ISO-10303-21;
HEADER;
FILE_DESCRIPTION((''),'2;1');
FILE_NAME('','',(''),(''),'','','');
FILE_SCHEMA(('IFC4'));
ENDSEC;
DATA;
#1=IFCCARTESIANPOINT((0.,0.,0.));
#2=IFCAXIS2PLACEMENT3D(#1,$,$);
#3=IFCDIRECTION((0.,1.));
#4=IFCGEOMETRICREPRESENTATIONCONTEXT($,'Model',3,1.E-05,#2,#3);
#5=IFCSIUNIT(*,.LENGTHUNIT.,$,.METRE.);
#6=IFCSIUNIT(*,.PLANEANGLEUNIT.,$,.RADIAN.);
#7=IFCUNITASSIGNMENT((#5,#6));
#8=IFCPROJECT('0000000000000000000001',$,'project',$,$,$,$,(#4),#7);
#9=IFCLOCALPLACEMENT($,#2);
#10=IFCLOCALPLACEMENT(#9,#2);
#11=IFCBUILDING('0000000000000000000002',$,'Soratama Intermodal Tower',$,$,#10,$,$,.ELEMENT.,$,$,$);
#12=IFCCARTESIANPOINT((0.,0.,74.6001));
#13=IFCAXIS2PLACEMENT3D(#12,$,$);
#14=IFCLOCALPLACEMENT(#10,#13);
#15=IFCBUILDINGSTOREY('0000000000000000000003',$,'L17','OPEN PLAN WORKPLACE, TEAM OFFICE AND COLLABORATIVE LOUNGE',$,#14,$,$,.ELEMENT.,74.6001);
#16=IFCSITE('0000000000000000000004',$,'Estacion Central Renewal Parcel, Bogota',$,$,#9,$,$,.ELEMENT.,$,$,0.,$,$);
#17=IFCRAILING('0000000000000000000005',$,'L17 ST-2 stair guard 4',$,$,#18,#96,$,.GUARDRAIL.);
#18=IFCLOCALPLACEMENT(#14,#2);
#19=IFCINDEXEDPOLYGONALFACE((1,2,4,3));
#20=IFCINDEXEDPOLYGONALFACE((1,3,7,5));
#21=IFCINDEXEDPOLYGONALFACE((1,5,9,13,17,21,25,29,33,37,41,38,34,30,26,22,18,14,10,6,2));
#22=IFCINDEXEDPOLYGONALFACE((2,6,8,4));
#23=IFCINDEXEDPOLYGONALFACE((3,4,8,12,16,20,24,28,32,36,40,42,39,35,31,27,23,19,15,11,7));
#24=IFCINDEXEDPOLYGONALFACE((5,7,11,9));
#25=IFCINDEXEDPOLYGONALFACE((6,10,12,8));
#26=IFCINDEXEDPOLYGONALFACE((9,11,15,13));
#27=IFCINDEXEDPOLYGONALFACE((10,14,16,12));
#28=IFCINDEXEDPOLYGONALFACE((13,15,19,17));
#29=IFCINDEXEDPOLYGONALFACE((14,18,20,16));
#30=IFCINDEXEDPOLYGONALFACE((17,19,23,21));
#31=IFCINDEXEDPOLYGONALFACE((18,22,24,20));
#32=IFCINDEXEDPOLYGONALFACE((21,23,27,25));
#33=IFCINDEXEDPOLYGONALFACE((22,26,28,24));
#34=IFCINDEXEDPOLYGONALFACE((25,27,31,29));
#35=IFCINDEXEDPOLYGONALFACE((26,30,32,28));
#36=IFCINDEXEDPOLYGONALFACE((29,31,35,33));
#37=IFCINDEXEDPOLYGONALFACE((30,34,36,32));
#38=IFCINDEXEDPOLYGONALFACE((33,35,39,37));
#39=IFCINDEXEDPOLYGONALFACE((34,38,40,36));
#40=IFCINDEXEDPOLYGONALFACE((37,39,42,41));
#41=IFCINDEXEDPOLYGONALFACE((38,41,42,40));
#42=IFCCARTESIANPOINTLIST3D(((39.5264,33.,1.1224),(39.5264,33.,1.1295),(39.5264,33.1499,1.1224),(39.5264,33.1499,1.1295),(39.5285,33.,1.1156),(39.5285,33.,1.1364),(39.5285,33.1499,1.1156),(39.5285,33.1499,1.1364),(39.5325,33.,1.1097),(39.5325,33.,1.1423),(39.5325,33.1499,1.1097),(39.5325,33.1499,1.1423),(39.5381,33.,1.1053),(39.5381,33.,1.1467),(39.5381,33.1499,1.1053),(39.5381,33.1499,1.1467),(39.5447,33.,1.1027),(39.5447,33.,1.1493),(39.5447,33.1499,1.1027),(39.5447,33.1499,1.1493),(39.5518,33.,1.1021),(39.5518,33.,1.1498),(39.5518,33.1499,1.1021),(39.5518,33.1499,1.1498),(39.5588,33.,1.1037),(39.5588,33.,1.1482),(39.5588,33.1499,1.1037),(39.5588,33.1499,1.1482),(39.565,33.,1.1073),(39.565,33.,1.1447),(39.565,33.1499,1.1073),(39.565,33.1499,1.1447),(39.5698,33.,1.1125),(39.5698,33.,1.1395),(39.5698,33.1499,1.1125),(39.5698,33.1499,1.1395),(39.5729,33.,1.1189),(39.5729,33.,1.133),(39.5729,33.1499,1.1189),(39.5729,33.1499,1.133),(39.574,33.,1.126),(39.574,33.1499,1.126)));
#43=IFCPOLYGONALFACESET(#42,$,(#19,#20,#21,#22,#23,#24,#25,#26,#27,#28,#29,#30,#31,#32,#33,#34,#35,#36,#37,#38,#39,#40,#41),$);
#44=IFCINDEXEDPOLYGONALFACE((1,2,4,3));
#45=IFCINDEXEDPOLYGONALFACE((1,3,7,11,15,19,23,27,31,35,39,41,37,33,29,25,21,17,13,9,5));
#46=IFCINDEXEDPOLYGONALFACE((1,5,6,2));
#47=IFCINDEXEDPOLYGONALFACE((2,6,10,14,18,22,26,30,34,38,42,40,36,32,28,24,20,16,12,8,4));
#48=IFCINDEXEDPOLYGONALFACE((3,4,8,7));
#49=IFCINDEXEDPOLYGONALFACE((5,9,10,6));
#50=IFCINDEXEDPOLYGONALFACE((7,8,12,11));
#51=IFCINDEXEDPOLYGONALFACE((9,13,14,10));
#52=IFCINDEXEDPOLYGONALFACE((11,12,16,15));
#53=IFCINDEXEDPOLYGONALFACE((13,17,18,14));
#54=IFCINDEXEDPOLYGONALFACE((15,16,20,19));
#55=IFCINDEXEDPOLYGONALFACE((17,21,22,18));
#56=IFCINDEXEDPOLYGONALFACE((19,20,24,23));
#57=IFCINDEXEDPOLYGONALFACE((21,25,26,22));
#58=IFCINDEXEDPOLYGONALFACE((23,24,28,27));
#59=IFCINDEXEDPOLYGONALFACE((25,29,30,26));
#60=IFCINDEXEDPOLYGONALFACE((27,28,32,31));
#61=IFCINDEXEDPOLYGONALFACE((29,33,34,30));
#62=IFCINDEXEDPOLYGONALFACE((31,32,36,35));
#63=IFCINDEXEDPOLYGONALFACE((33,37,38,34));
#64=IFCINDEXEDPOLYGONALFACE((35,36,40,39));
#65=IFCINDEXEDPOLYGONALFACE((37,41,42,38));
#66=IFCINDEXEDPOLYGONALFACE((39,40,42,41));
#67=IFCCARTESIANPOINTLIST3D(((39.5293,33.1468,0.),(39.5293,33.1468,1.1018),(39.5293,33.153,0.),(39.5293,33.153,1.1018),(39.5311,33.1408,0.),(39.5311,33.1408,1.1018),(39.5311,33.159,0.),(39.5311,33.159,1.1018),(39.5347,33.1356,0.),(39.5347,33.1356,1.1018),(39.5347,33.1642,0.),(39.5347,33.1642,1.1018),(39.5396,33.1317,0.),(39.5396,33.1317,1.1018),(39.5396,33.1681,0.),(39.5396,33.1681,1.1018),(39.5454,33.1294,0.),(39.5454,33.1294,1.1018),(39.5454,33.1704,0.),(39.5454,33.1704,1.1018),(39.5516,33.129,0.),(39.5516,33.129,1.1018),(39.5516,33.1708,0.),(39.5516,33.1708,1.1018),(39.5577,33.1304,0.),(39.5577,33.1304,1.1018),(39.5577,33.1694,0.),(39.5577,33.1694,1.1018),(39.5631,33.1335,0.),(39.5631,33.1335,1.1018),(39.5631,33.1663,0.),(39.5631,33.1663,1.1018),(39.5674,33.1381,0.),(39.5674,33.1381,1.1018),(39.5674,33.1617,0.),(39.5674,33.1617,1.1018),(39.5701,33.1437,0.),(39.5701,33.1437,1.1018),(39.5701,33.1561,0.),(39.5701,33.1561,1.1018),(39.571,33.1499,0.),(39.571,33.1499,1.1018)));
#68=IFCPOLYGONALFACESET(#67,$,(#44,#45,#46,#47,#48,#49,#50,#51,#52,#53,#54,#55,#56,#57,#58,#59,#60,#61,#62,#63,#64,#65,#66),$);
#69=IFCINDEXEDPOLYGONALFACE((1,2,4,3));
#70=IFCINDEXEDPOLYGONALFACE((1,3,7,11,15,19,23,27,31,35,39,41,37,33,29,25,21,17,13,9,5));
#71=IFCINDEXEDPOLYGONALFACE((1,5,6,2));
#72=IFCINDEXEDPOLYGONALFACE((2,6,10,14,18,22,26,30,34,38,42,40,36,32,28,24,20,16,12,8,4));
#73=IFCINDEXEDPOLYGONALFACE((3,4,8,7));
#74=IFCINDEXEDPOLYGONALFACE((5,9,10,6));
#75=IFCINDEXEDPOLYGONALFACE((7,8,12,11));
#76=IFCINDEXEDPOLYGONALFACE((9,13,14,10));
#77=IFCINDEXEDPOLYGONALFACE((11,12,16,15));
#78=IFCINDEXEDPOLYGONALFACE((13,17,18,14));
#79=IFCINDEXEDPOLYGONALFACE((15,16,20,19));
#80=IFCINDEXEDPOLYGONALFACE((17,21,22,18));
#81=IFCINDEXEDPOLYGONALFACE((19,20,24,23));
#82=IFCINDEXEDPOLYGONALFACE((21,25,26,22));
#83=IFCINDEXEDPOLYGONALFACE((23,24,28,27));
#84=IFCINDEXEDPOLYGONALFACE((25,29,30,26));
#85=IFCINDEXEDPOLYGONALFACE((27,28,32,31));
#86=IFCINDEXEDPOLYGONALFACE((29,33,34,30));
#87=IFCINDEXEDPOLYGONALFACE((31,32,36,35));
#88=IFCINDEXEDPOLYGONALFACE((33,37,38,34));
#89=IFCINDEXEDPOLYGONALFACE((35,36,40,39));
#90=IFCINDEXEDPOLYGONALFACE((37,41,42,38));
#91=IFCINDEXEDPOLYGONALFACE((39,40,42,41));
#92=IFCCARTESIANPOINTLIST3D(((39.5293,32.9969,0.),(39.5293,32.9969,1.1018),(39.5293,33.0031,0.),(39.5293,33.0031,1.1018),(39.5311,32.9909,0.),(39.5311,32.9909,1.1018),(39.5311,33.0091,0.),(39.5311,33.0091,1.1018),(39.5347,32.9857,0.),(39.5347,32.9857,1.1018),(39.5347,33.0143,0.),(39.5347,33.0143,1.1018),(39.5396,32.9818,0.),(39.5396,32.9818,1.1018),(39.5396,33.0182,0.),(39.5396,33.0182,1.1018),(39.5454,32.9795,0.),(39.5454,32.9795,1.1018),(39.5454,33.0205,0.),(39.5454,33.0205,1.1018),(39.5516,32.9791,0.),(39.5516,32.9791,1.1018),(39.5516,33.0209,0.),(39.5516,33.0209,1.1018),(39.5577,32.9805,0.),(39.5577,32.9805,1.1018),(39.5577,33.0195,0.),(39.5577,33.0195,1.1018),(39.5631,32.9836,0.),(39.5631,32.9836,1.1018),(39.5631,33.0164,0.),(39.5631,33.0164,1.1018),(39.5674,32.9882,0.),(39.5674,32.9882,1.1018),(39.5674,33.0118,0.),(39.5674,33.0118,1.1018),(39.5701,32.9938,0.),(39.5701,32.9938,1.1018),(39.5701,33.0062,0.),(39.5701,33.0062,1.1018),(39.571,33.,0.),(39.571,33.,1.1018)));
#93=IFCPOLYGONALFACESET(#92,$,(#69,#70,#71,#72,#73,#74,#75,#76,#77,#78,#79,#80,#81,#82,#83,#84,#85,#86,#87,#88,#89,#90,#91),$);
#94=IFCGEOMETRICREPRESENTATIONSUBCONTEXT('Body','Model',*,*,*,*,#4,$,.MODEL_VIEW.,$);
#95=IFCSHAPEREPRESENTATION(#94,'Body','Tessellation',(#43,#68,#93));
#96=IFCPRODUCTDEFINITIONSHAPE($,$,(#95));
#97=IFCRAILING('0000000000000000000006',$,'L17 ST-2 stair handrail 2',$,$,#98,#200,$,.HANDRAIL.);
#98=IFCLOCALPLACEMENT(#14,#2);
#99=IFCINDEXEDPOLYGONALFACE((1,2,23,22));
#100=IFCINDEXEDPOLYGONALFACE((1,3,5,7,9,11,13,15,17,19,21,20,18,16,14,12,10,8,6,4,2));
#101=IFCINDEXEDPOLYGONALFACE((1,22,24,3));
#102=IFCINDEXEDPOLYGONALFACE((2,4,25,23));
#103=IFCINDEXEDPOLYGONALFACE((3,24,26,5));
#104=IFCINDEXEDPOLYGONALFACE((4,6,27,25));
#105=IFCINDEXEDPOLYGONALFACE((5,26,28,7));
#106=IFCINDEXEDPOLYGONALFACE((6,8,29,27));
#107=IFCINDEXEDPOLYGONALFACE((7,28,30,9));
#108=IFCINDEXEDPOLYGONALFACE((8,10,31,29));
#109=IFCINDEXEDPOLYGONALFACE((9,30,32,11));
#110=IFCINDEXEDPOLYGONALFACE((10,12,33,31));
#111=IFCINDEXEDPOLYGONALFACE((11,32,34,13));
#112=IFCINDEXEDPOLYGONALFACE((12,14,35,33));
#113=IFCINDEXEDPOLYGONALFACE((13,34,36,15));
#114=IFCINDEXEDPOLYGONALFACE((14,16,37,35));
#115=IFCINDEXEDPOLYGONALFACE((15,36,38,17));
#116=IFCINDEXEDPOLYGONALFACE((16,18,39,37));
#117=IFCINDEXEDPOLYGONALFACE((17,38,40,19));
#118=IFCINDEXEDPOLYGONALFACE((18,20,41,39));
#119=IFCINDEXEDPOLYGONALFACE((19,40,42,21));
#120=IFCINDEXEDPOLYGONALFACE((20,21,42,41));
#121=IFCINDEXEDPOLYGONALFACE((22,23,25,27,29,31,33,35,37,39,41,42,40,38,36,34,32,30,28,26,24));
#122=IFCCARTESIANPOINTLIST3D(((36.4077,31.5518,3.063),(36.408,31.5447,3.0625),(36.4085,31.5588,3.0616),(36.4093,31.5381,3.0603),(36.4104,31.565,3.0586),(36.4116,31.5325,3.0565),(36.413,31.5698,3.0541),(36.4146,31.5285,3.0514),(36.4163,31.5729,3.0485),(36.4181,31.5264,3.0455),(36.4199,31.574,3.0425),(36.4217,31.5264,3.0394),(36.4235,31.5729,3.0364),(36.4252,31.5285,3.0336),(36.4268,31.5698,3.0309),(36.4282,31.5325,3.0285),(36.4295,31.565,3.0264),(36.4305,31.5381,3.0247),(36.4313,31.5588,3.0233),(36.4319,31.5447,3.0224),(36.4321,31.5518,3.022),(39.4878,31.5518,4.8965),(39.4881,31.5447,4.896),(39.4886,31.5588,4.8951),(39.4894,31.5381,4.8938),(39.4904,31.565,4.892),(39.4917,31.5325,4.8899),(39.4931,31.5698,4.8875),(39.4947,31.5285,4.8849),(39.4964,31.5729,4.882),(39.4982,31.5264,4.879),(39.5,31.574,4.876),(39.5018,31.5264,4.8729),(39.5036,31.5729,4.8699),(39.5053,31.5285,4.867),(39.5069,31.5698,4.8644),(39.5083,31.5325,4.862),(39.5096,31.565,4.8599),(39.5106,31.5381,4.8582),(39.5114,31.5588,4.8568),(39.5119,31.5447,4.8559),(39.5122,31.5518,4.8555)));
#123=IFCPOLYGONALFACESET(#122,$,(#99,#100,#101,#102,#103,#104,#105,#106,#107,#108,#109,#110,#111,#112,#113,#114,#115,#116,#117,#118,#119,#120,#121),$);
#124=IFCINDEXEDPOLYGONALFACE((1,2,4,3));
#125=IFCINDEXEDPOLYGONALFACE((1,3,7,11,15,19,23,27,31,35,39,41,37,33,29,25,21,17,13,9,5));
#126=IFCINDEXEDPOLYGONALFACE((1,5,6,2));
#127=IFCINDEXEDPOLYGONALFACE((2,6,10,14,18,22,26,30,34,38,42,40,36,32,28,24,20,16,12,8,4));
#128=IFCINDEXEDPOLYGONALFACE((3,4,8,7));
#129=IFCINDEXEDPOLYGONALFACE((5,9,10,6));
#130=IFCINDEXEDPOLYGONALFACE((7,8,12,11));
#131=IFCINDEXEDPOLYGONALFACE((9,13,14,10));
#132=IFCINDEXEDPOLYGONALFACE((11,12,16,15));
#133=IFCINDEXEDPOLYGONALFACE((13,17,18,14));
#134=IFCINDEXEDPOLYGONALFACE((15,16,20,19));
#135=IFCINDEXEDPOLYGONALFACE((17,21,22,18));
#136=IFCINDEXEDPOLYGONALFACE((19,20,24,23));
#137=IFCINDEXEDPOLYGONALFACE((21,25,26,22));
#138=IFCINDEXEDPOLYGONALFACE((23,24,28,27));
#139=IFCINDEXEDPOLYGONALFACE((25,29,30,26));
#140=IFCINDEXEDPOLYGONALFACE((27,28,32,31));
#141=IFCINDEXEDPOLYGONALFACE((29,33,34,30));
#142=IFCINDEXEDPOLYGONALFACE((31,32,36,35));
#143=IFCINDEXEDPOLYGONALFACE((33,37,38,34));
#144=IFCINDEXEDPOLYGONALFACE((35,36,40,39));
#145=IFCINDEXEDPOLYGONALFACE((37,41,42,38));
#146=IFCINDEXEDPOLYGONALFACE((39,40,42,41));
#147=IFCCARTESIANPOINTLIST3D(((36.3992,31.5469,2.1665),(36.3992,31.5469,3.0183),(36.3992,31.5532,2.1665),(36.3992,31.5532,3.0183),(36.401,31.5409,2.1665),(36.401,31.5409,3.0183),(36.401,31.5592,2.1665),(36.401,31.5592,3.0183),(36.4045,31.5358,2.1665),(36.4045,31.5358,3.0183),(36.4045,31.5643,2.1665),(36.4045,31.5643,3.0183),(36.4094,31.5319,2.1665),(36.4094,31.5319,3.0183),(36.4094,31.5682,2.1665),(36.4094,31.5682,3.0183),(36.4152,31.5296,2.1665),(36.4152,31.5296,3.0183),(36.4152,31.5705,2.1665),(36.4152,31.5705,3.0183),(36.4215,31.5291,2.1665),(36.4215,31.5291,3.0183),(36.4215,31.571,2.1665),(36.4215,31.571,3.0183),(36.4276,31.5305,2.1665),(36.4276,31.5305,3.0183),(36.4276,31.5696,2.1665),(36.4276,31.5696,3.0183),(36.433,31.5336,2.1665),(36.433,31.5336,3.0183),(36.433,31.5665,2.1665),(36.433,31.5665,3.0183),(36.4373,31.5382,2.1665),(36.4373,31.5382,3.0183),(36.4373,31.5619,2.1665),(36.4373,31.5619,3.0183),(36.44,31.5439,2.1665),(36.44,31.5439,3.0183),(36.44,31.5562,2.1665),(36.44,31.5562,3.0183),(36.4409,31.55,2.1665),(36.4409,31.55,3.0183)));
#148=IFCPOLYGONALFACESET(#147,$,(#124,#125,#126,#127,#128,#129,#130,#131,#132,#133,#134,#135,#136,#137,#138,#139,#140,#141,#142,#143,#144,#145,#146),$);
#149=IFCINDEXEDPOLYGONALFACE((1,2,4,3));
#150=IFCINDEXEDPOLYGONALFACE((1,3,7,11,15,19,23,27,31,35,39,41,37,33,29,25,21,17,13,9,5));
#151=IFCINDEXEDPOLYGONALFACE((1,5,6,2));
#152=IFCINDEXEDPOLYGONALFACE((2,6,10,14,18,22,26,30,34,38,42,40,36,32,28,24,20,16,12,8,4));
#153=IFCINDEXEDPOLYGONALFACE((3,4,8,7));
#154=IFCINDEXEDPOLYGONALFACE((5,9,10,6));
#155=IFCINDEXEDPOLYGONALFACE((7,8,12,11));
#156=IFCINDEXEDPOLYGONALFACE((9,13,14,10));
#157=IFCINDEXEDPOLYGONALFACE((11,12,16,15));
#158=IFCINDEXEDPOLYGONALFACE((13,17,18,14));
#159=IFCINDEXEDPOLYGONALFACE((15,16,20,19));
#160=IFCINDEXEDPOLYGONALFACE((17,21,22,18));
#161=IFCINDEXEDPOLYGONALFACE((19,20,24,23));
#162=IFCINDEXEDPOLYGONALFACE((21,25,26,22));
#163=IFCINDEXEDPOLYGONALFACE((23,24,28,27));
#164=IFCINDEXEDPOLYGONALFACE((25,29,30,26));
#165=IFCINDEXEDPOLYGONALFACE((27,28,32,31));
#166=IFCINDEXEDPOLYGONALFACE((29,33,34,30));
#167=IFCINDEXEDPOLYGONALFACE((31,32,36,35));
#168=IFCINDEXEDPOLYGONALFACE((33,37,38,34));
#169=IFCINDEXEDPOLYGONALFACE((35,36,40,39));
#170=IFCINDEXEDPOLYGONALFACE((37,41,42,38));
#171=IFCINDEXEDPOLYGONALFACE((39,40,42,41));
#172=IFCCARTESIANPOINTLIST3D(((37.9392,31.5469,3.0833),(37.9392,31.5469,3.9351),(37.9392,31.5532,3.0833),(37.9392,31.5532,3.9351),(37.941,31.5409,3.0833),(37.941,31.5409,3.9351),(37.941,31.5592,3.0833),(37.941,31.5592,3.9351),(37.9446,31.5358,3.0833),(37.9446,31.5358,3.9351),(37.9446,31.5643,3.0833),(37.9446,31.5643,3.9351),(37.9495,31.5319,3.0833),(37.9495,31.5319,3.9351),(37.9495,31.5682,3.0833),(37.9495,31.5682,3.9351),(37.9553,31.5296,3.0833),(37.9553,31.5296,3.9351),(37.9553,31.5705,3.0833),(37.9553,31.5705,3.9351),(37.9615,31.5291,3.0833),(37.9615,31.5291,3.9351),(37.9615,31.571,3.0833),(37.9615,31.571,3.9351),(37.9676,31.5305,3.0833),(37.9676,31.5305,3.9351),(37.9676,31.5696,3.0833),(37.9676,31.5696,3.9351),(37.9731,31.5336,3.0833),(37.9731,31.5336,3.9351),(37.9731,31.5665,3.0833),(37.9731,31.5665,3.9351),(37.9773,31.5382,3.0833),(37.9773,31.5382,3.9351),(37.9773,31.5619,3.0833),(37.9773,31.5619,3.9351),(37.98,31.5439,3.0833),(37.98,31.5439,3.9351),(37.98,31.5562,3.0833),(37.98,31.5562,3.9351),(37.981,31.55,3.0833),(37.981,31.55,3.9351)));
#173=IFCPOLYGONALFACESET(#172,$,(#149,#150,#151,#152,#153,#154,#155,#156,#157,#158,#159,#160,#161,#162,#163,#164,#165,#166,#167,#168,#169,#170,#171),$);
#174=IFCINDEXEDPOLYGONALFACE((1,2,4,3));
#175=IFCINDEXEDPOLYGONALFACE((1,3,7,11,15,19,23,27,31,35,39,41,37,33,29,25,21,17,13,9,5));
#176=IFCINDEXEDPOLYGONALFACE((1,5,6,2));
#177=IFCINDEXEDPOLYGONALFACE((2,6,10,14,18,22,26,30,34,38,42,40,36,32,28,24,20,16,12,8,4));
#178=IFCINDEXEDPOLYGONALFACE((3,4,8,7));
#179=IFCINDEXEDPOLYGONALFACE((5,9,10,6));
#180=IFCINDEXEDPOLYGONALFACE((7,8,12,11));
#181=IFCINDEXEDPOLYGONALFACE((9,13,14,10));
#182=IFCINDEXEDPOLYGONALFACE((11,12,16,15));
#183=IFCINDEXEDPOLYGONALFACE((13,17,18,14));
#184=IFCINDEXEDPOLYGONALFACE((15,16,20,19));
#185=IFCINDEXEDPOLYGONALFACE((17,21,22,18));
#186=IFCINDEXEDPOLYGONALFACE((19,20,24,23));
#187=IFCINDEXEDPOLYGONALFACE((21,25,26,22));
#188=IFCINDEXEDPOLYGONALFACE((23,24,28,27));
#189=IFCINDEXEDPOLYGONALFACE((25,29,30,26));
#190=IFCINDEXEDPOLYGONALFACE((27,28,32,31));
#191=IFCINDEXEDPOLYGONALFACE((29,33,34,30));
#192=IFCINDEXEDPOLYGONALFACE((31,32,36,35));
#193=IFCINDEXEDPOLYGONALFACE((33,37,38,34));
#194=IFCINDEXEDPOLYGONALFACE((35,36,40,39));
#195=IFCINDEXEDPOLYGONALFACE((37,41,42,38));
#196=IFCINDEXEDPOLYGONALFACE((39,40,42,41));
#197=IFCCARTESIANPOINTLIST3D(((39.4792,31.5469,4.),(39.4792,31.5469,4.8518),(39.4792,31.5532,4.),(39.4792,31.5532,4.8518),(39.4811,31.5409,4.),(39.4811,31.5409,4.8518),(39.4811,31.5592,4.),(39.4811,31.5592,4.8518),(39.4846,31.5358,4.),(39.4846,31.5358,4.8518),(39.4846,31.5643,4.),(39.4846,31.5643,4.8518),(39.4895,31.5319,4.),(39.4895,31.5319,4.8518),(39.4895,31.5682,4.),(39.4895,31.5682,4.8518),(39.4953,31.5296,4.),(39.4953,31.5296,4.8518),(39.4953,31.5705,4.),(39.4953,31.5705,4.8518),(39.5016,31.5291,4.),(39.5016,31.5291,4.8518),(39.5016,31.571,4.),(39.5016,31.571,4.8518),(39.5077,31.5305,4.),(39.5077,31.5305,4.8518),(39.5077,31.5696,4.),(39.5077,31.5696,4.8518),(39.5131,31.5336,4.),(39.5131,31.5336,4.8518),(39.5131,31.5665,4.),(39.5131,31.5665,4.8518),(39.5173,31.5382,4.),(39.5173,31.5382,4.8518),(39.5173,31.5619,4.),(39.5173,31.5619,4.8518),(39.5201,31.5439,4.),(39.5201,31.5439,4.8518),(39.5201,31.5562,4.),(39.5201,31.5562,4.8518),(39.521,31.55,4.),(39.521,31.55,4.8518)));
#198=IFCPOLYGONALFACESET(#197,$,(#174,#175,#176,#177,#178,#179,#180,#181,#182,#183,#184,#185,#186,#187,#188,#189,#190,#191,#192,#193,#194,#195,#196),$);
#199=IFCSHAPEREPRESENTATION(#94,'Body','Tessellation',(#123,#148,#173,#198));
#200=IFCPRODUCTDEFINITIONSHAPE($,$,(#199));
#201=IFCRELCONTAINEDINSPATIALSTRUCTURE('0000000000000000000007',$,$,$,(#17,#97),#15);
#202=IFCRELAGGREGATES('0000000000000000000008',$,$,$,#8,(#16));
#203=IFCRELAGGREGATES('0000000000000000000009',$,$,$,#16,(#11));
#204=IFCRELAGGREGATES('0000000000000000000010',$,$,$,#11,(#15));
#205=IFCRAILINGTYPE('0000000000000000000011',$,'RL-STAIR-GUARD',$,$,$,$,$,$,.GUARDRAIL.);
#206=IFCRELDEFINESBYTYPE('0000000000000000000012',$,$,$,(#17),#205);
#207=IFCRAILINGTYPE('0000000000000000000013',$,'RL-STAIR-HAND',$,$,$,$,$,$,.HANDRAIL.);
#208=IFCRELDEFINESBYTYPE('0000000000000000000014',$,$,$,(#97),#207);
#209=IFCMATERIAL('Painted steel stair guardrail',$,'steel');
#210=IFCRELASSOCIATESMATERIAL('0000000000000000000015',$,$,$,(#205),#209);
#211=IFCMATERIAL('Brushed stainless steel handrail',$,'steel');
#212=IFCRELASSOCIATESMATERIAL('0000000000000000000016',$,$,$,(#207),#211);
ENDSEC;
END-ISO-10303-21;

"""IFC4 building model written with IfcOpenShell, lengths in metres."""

from ifc_helpers import new_model, si_unit, direction, frame, origin, origin_2d, place, context, subcontext, project, spatial, circle, extrude, material, type_object, element, save


model = new_model("IFC4")

# Units and contexts
model_context = context("Model", 3, precision=1e-05, world=origin(), true_north=direction((0.0, 1.0)))
body_context = subcontext(model_context, "Body", "Model", "MODEL_VIEW")
ifc_project = project(units=[si_unit("LENGTHUNIT", "METRE"), si_unit("PLANEANGLEUNIT", "RADIAN")], contexts=[model_context])

# Site, building, storey
site_placement = place(None, origin())
site = spatial("IfcSite", under=ifc_project, at=site_placement, Name="Estacion Central Renewal Parcel, Bogota", CompositionType="ELEMENT", RefElevation=0.0)
building_placement = place(site_placement, origin())
building = spatial("IfcBuilding", under=site, at=building_placement, Name="Soratama Intermodal Tower", CompositionType="ELEMENT")
storey_placement = place(building_placement, frame((0.0, 0.0, 74.6001)))
storey = spatial("IfcBuildingStorey", under=building, at=storey_placement, Name="L17", Description="OPEN PLAN WORKPLACE, TEAM OFFICE AND COLLABORATIVE LOUNGE", CompositionType="ELEMENT", Elevation=74.6001)

# Railings
ifc_material_1 = material(Name="Painted steel stair guardrail", Category="steel")
railing_type_1 = type_object("IfcRailingType", Name="RL-STAIR-GUARD", PredefinedType="GUARDRAIL", material=ifc_material_1)
railing_1_placement = place(storey_placement, frame((39.55, 33.1499, 0.0)))
element("IfcRailing", 1, at=railing_1_placement, inside=storey, type_object=railing_type_1, Name="L17 ST-2 stair guard 4", PredefinedType="GUARDRAIL", context=body_context, shape_type="SweptSolid", body=[
    extrude(circle(Radius=0.0239, at=origin_2d()), frame((0.0, 0.0, 1.126), z_axis=(0.0, -1.0, 0.0), x_axis=(1.0, 0.0, 0.0)), (0.0, 0.0, 1.0), 0.1499),
    extrude(circle(Radius=0.021, at=origin_2d()), origin(), (0.0, 0.0, 1.0), 1.1018),
    extrude(circle(Radius=0.021, at=origin_2d()), frame((0.0, -0.1499, 0.0)), (0.0, 0.0, 1.0), 1.1018),
])
ifc_material_2 = material(Name="Brushed stainless steel handrail", Category="steel")
railing_type_2 = type_object("IfcRailingType", Name="RL-STAIR-HAND", PredefinedType="HANDRAIL", material=ifc_material_2)
railing_2_placement = place(storey_placement, frame((36.4199, 31.55, 2.1665)))
element("IfcRailing", 2, at=railing_2_placement, inside=storey, type_object=railing_type_2, Name="L17 ST-2 stair handrail 2", PredefinedType="HANDRAIL", context=body_context, shape_type="SweptSolid", body=[
    extrude(circle(Radius=0.0239, at=origin_2d()), frame((0.0, 0.0, 0.876), z_axis=(0.859279, 0.0, 0.511508), x_axis=(0.0, 1.0, 0.0)), (0.0, 0.0, 1.0), 3.5845),
    extrude(circle(Radius=0.021, at=origin_2d()), origin(), (0.0, 0.0, 1.0), 0.8518),
    extrude(circle(Radius=0.021, at=origin_2d()), frame((1.54, 0.0, 0.9167)), (0.0, 0.0, 1.0), 0.8518),
    extrude(circle(Radius=0.021, at=origin_2d()), frame((3.0801, 0.0, 1.8335)), (0.0, 0.0, 1.0), 0.8518),
])

save(model, "model.ifc")
